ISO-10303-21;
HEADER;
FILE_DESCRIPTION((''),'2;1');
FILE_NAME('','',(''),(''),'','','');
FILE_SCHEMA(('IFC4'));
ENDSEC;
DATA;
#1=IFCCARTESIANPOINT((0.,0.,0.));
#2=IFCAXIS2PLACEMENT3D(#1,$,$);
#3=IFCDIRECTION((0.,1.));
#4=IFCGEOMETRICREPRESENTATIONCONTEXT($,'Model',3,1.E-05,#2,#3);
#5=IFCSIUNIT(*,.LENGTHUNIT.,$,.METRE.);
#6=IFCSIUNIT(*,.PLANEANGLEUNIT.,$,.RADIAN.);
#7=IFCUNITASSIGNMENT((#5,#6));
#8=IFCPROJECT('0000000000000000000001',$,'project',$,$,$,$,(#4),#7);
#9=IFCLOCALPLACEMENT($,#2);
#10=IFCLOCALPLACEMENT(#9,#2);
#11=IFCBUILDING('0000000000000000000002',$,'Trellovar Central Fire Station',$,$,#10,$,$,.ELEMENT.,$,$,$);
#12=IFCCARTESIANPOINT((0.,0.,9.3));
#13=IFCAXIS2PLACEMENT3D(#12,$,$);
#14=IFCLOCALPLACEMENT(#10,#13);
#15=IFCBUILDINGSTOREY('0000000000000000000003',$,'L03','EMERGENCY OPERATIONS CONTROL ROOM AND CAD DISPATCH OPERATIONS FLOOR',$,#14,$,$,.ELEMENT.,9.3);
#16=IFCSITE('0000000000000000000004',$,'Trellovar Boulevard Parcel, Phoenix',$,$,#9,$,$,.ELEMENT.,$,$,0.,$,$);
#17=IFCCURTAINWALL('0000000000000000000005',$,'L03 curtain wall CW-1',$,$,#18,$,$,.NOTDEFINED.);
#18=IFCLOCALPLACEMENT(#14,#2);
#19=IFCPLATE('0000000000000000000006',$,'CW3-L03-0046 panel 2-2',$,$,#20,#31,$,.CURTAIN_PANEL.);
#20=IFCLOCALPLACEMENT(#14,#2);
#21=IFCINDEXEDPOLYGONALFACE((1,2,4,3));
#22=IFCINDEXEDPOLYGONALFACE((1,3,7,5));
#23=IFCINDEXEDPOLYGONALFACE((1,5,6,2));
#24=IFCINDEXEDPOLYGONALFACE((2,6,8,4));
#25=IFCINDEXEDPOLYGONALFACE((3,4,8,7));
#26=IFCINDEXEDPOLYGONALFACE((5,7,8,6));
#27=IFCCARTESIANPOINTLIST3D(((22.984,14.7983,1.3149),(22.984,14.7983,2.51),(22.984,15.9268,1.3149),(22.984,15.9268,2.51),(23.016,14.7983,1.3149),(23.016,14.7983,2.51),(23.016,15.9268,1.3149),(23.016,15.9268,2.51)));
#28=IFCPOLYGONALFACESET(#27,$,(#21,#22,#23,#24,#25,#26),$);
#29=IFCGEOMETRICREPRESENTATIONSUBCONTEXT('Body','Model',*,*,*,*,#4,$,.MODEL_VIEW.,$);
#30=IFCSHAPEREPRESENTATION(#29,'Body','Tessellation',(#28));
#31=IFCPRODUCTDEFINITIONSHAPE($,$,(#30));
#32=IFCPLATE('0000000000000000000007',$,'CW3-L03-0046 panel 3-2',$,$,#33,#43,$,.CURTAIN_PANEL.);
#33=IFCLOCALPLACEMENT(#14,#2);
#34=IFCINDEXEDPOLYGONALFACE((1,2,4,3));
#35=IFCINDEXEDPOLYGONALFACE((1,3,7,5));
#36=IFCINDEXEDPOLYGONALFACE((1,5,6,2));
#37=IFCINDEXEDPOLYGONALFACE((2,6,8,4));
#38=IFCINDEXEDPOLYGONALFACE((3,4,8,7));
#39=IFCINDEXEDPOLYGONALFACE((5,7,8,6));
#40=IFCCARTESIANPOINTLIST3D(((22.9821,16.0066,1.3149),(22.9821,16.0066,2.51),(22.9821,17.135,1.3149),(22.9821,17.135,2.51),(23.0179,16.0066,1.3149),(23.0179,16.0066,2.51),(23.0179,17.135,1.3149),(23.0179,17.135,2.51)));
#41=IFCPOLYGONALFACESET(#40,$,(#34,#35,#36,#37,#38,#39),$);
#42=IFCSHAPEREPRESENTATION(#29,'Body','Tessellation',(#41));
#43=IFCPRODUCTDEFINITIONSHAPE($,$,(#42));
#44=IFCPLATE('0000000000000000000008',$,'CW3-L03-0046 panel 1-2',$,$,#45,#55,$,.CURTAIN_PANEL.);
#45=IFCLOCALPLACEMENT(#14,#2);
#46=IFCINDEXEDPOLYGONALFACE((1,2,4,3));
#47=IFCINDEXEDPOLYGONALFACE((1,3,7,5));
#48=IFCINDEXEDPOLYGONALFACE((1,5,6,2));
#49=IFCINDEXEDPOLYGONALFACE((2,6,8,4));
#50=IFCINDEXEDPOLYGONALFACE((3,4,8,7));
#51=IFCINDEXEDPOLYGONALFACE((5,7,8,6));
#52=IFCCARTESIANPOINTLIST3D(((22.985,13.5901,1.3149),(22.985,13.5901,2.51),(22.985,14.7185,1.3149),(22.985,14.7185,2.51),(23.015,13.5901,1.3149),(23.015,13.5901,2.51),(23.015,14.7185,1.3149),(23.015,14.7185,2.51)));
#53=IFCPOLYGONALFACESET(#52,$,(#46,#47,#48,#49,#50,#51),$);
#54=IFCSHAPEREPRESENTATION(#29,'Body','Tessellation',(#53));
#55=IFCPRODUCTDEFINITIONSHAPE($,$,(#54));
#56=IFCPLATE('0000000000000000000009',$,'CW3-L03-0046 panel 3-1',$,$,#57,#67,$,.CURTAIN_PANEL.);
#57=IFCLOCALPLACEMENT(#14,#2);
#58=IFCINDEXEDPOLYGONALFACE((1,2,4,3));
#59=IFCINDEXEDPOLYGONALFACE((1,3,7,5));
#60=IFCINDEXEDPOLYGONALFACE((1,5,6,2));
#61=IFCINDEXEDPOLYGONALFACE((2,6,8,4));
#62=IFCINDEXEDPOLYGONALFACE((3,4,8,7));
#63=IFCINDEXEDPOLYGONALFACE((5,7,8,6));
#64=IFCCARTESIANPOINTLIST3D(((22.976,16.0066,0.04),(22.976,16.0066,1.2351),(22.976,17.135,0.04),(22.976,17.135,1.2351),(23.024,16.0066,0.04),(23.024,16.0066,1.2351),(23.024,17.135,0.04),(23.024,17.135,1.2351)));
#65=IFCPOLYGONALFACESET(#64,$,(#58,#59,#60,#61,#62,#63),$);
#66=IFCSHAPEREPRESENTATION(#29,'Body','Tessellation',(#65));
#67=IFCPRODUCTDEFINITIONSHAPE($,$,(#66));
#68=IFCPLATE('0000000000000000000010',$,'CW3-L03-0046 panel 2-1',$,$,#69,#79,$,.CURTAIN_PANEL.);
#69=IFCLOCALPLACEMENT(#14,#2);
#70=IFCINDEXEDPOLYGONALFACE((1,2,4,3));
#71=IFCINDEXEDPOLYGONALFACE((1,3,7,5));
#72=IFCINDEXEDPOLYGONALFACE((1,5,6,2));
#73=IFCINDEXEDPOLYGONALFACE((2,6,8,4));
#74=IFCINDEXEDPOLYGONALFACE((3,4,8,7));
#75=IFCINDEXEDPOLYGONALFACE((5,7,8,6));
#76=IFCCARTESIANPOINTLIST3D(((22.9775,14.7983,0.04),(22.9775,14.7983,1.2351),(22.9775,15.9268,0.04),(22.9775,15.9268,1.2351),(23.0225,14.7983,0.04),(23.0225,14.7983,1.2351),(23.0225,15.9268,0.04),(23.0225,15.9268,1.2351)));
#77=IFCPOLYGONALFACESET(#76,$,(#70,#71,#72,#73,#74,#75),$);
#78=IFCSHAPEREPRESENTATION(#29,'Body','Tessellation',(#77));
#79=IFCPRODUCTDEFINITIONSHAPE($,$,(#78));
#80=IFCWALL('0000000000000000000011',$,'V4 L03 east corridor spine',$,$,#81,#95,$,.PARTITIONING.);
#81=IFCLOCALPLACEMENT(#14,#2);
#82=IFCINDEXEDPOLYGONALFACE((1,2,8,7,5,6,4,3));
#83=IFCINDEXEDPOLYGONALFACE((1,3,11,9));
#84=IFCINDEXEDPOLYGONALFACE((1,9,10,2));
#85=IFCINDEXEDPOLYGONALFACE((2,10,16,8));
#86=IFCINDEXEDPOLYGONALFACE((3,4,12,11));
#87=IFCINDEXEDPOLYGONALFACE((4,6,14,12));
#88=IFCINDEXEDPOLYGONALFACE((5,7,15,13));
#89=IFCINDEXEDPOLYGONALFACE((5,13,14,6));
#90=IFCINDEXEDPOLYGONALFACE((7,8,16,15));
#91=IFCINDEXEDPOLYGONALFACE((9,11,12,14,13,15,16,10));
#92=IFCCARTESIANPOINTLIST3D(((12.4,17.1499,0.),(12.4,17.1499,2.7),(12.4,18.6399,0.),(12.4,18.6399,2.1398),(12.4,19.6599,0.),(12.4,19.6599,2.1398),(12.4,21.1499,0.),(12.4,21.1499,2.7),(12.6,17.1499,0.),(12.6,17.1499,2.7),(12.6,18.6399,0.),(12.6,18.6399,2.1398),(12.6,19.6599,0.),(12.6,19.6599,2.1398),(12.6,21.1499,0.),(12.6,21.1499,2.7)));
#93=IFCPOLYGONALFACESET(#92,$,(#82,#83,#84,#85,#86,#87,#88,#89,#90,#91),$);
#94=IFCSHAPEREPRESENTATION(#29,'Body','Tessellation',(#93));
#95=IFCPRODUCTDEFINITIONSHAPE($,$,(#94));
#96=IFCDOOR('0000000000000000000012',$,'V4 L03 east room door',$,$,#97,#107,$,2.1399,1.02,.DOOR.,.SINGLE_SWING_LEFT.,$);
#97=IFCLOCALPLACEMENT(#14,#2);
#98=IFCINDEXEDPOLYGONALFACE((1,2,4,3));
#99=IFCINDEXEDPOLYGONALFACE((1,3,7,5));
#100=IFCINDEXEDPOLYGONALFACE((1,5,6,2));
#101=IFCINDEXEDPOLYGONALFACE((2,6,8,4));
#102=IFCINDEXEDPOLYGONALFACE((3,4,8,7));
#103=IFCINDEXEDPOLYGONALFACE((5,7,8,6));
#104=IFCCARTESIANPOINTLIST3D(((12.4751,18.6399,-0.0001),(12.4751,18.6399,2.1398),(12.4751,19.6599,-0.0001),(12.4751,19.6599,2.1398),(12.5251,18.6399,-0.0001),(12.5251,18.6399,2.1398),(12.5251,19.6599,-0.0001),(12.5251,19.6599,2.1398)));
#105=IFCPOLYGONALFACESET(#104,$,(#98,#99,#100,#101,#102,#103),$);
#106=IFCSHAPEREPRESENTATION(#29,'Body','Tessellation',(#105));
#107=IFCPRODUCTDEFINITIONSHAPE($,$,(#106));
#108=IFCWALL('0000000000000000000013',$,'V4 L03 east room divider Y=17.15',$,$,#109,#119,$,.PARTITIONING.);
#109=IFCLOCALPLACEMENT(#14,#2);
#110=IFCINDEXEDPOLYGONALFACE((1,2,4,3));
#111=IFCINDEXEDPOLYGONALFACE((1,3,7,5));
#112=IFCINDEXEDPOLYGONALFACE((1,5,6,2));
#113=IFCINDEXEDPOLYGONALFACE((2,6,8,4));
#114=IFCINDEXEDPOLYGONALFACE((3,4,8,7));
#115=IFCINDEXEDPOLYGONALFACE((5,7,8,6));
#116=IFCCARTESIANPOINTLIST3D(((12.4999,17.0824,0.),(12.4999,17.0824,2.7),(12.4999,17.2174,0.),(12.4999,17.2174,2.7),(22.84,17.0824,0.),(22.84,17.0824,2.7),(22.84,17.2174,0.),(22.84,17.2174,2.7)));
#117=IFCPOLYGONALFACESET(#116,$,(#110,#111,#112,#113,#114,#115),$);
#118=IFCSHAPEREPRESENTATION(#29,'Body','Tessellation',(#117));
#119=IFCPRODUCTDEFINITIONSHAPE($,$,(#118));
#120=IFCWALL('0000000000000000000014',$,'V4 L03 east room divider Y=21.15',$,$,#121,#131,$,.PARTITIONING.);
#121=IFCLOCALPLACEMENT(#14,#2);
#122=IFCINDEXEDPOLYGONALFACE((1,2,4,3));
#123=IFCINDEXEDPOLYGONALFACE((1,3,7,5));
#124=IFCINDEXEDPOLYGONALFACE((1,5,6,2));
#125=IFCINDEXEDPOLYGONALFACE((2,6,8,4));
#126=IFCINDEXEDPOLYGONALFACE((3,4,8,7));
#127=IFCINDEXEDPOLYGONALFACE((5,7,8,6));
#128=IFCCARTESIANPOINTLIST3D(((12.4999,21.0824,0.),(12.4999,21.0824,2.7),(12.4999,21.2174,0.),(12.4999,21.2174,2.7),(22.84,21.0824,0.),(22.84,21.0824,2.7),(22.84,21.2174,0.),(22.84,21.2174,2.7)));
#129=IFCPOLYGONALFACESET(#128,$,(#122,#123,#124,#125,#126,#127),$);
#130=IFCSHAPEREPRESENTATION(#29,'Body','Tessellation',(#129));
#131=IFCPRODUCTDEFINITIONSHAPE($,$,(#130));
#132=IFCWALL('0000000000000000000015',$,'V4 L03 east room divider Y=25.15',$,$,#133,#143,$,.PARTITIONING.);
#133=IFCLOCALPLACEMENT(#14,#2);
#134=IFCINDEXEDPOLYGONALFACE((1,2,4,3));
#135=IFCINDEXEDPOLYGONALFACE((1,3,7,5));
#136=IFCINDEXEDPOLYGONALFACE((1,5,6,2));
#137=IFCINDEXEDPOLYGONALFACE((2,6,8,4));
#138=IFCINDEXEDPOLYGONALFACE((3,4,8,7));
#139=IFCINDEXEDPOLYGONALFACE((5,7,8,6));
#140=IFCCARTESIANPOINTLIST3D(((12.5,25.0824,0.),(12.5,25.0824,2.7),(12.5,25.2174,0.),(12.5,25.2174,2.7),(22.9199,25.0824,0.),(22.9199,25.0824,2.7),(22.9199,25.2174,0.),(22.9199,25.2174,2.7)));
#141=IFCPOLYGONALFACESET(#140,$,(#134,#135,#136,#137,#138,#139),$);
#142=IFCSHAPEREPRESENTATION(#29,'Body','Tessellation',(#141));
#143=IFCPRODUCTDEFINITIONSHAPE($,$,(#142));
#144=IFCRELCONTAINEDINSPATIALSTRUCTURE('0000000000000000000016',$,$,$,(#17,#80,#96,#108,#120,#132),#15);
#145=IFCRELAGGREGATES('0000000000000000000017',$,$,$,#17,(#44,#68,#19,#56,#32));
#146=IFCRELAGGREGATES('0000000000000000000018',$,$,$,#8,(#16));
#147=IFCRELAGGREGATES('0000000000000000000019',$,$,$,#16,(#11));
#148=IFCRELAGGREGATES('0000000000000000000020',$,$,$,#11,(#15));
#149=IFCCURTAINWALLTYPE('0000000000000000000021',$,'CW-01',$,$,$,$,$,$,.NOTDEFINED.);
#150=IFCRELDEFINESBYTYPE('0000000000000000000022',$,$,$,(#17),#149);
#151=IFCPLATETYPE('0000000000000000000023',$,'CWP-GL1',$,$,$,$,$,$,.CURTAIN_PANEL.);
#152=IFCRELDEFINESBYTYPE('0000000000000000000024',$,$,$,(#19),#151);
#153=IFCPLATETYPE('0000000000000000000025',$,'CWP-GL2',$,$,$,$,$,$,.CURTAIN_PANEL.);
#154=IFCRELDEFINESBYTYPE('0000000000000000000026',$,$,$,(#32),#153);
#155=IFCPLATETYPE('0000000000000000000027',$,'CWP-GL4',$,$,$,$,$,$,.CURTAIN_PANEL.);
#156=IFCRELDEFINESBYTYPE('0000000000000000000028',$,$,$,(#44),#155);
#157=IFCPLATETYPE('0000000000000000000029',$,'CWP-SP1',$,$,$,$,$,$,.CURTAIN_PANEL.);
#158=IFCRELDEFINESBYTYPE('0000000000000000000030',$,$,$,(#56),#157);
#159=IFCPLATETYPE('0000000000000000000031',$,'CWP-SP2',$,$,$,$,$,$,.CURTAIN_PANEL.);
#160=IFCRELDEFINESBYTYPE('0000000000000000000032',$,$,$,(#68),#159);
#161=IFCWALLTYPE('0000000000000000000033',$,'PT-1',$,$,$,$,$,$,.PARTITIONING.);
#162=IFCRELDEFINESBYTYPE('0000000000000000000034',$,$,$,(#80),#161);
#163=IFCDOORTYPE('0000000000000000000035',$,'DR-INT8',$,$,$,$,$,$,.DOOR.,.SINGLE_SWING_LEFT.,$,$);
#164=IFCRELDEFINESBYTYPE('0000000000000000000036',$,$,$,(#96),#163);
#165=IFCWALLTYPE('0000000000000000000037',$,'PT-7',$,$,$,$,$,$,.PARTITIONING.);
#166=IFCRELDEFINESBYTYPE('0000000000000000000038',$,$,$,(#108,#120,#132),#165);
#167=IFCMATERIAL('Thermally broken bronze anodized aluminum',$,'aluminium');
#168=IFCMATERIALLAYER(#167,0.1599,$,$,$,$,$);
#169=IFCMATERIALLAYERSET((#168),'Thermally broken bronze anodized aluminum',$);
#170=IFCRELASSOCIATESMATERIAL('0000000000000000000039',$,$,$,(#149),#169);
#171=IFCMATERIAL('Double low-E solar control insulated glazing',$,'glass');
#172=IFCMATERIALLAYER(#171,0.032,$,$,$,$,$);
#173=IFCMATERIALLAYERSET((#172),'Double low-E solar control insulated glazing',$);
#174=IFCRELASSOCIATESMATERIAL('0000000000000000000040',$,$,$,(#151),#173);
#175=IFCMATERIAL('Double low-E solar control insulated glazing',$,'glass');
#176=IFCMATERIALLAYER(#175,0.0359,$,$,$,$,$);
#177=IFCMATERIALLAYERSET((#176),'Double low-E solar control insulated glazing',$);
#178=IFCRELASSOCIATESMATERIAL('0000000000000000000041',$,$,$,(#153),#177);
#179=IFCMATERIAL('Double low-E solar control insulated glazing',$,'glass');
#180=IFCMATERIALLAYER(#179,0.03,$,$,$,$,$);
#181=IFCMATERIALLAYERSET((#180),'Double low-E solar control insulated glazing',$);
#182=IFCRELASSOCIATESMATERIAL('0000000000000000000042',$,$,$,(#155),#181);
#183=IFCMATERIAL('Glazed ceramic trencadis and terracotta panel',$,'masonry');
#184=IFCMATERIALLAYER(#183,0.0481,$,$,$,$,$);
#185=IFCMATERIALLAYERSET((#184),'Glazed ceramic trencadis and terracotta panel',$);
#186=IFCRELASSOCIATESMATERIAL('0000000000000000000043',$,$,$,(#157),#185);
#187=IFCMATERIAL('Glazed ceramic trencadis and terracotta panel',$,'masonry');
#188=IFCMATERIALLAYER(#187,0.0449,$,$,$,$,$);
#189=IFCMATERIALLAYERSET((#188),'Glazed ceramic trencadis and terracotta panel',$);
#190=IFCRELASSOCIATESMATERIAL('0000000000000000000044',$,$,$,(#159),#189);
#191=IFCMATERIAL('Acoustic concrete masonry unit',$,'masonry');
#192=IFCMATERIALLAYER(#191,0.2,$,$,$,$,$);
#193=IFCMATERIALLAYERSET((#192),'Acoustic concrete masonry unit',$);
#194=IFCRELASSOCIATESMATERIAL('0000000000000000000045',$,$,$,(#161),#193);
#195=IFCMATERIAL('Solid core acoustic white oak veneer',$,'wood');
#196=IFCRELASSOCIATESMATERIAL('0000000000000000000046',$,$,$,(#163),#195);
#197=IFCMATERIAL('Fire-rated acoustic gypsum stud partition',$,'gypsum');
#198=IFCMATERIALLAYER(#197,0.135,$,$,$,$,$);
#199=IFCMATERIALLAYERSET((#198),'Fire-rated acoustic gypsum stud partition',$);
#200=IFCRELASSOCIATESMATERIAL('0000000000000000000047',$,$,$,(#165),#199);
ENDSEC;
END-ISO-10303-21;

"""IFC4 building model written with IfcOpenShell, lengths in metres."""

from ifc_helpers import new_model, si_unit, direction, frame, frame_2d, origin, origin_2d, place, context, subcontext, project, spatial, rectangle, extrude, material, layer, layer_set, type_object, element, fill, aggregate, save


model = new_model("IFC4")

# Units and contexts
model_context = context("Model", 3, precision=1e-05, world=origin(), true_north=direction((0.0, 1.0)))
body_context = subcontext(model_context, "Body", "Model", "MODEL_VIEW")
ifc_project = project(units=[si_unit("LENGTHUNIT", "METRE"), si_unit("PLANEANGLEUNIT", "RADIAN")], contexts=[model_context])

# Site, building, storey
site_placement = place(None, origin())
site = spatial("IfcSite", under=ifc_project, at=site_placement, Name="Trellovar Boulevard Parcel, Phoenix", CompositionType="ELEMENT", RefElevation=0.0)
building_placement = place(site_placement, origin())
building = spatial("IfcBuilding", under=site, at=building_placement, Name="Trellovar Central Fire Station", CompositionType="ELEMENT")
storey_placement = place(building_placement, frame((0.0, 0.0, 9.3)))
storey = spatial("IfcBuildingStorey", under=building, at=storey_placement, Name="L03", Description="EMERGENCY OPERATIONS CONTROL ROOM AND CAD DISPATCH OPERATIONS FLOOR", CompositionType="ELEMENT", Elevation=9.3)

# Curtain wall
ifc_material_1 = material(Name="Thermally broken bronze anodized aluminum", Category="aluminium")
ifc_layer_1 = layer(ifc_material_1, 0.1599)
ifc_layer_set_1 = layer_set([ifc_layer_1], Name="Thermally broken bronze anodized aluminum")
curtain_wall_type_1 = type_object("IfcCurtainWallType", Name="CW-01", PredefinedType="NOTDEFINED", material=ifc_layer_set_1)
curtain_wall_1_placement = place(storey_placement, origin())
curtain_wall_1 = element("IfcCurtainWall", 1, at=curtain_wall_1_placement, inside=storey, type_object=curtain_wall_type_1, Name="L03 curtain wall CW-1", PredefinedType="NOTDEFINED")

# Plates
ifc_material_2 = material(Name="Double low-E solar control insulated glazing", Category="glass")
ifc_layer_2 = layer(ifc_material_2, 0.032)
ifc_layer_set_2 = layer_set([ifc_layer_2], Name="Double low-E solar control insulated glazing")
plate_type_1 = type_object("IfcPlateType", Name="CWP-GL1", PredefinedType="CURTAIN_PANEL", material=ifc_layer_set_2)
plate_1_placement = place(storey_placement, frame((23.0, 15.3625, 1.3149), z_axis=(0.0, 0.0, 1.0), x_axis=(0.0, 1.0, 0.0)))
plate_1 = element("IfcPlate", 2, at=plate_1_placement, type_object=plate_type_1, Name="CW3-L03-0046 panel 2-2", PredefinedType="CURTAIN_PANEL", context=body_context, shape_type="SweptSolid", body=[
    extrude(rectangle(XDim=1.1284, YDim=0.032, at=origin_2d()), origin(), (0.0, 0.0, 1.0), 1.1951),
])
ifc_material_3 = material(Name="Double low-E solar control insulated glazing", Category="glass")
ifc_layer_3 = layer(ifc_material_3, 0.0359)
ifc_layer_set_3 = layer_set([ifc_layer_3], Name="Double low-E solar control insulated glazing")
plate_type_2 = type_object("IfcPlateType", Name="CWP-GL2", PredefinedType="CURTAIN_PANEL", material=ifc_layer_set_3)
plate_2_placement = place(storey_placement, frame((23.0, 16.5708, 1.3149), z_axis=(0.0, 0.0, 1.0), x_axis=(0.0, 1.0, 0.0)))
plate_2 = element("IfcPlate", 3, at=plate_2_placement, type_object=plate_type_2, Name="CW3-L03-0046 panel 3-2", PredefinedType="CURTAIN_PANEL", context=body_context, shape_type="SweptSolid", body=[
    extrude(rectangle(XDim=1.1284, YDim=0.0359, at=origin_2d()), origin(), (0.0, 0.0, 1.0), 1.1951),
])
ifc_material_4 = material(Name="Double low-E solar control insulated glazing", Category="glass")
ifc_layer_4 = layer(ifc_material_4, 0.03)
ifc_layer_set_4 = layer_set([ifc_layer_4], Name="Double low-E solar control insulated glazing")
plate_type_3 = type_object("IfcPlateType", Name="CWP-GL4", PredefinedType="CURTAIN_PANEL", material=ifc_layer_set_4)
plate_3_placement = place(storey_placement, frame((23.0, 14.1543, 1.3149), z_axis=(0.0, 0.0, 1.0), x_axis=(0.0, 1.0, 0.0)))
plate_3 = element("IfcPlate", 4, at=plate_3_placement, type_object=plate_type_3, Name="CW3-L03-0046 panel 1-2", PredefinedType="CURTAIN_PANEL", context=body_context, shape_type="SweptSolid", body=[
    extrude(rectangle(XDim=1.1284, YDim=0.03, at=origin_2d()), origin(), (0.0, 0.0, 1.0), 1.1951),
])
ifc_material_5 = material(Name="Glazed ceramic trencadis and terracotta panel", Category="masonry")
ifc_layer_5 = layer(ifc_material_5, 0.0481)
ifc_layer_set_5 = layer_set([ifc_layer_5], Name="Glazed ceramic trencadis and terracotta panel")
plate_type_4 = type_object("IfcPlateType", Name="CWP-SP1", PredefinedType="CURTAIN_PANEL", material=ifc_layer_set_5)
plate_4_placement = place(storey_placement, frame((23.0, 16.5708, 0.04), z_axis=(0.0, 0.0, 1.0), x_axis=(0.0, 1.0, 0.0)))
plate_4 = element("IfcPlate", 5, at=plate_4_placement, type_object=plate_type_4, Name="CW3-L03-0046 panel 3-1", PredefinedType="CURTAIN_PANEL", context=body_context, shape_type="SweptSolid", body=[
    extrude(rectangle(XDim=1.1284, YDim=0.0481, at=origin_2d()), origin(), (0.0, 0.0, 1.0), 1.1951),
])
ifc_material_6 = material(Name="Glazed ceramic trencadis and terracotta panel", Category="masonry")
ifc_layer_6 = layer(ifc_material_6, 0.0449)
ifc_layer_set_6 = layer_set([ifc_layer_6], Name="Glazed ceramic trencadis and terracotta panel")
plate_type_5 = type_object("IfcPlateType", Name="CWP-SP2", PredefinedType="CURTAIN_PANEL", material=ifc_layer_set_6)
plate_5_placement = place(storey_placement, frame((23.0, 15.3625, 0.04), z_axis=(0.0, 0.0, 1.0), x_axis=(0.0, 1.0, 0.0)))
plate_5 = element("IfcPlate", 6, at=plate_5_placement, type_object=plate_type_5, Name="CW3-L03-0046 panel 2-1", PredefinedType="CURTAIN_PANEL", context=body_context, shape_type="SweptSolid", body=[
    extrude(rectangle(XDim=1.1284, YDim=0.0449, at=origin_2d()), origin(), (0.0, 0.0, 1.0), 1.1951),
])
aggregate(curtain_wall_1, [plate_3, plate_5, plate_1, plate_4, plate_2])

# Wall, opening, door
ifc_material_7 = material(Name="Acoustic concrete masonry unit", Category="masonry")
ifc_layer_7 = layer(ifc_material_7, 0.2)
ifc_layer_set_7 = layer_set([ifc_layer_7], Name="Acoustic concrete masonry unit")
wall_type_1 = type_object("IfcWallType", Name="PT-1", PredefinedType="PARTITIONING", material=ifc_layer_set_7)
wall_1_placement = place(storey_placement, frame((12.5, 17.1499, 0.0), z_axis=(0.0, 0.0, 1.0), x_axis=(0.0, 1.0, 0.0)))
wall_1 = element("IfcWall", 7, at=wall_1_placement, inside=storey, type_object=wall_type_1, Name="V4 L03 east corridor spine", PredefinedType="PARTITIONING", context=body_context, shape_type="SweptSolid", body=[
    extrude(rectangle(XDim=4.0, YDim=0.2, at=frame_2d((2.0, 0.0))), origin(), (0.0, 0.0, 1.0), 2.7),
])
opening_1_placement = place(wall_1_placement, frame((1.49, 0.0, 0.0)))
opening_1 = element("IfcOpeningElement", 8, at=opening_1_placement, cuts=wall_1, PredefinedType="OPENING", context=body_context, shape_type="SweptSolid", body=[
    extrude(rectangle(XDim=1.02, YDim=2.1399, at=frame_2d((0.51, 1.0698))), frame((0.0, 0.1099, 0.0), z_axis=(0.0, -1.0, 0.0), x_axis=(1.0, 0.0, 0.0)), (0.0, 0.0, 1.0), 0.22),
])
ifc_material_8 = material(Name="Solid core acoustic white oak veneer", Category="wood")
door_type_1 = type_object("IfcDoorType", Name="DR-INT8", OperationType="SINGLE_SWING_LEFT", PredefinedType="DOOR", material=ifc_material_8)
door_1_placement = place(opening_1_placement, origin())
door_1 = element("IfcDoor", 9, at=door_1_placement, inside=storey, type_object=door_type_1, Name="V4 L03 east room door", OperationType="SINGLE_SWING_LEFT", OverallHeight=2.1399, OverallWidth=1.02, PredefinedType="DOOR", context=body_context, shape_type="SweptSolid", body=[
    extrude(rectangle(XDim=1.02, YDim=2.1399, at=frame_2d((0.51, 1.0698))), frame((0.0, 0.0249, 0.0), z_axis=(0.0, -1.0, 0.0), x_axis=(1.0, 0.0, 0.0)), (0.0, 0.0, 1.0), 0.05),
])
fill(opening_1, door_1)

# Walls
ifc_material_9 = material(Name="Fire-rated acoustic gypsum stud partition", Category="gypsum")
ifc_layer_8 = layer(ifc_material_9, 0.135)
ifc_layer_set_8 = layer_set([ifc_layer_8], Name="Fire-rated acoustic gypsum stud partition")
wall_type_2 = type_object("IfcWallType", Name="PT-7", PredefinedType="PARTITIONING", material=ifc_layer_set_8)
for number, where, z_axis, x_axis, name in (
    (10, (12.5, 17.1499, 0.0), (0.0, 0.0, 1.0), (1.0, 0.0, 0.0), "V4 L03 east room divider Y=17.15"),
    (11, (12.5, 21.1499, 0.0), (0.0, 0.0, 1.0), (1.0, 0.0, 0.0), "V4 L03 east room divider Y=21.15"),
):
    element("IfcWall", number, at=place(storey_placement, frame(where, z_axis=z_axis, x_axis=x_axis)), inside=storey, type_object=wall_type_2, Name=name, PredefinedType="PARTITIONING", context=body_context, shape_type="SweptSolid", body=[
        extrude(rectangle(XDim=10.3401, YDim=0.135, at=frame_2d((5.1699, 0.0))), origin(), (0.0, 0.0, 1.0), 2.7),
    ])
wall_2_placement = place(storey_placement, frame((12.5, 25.1499, 0.0), z_axis=(0.0, 0.0, 1.0), x_axis=(1.0, 0.0, 0.0)))
element("IfcWall", 12, at=wall_2_placement, inside=storey, type_object=wall_type_2, Name="V4 L03 east room divider Y=25.15", PredefinedType="PARTITIONING", context=body_context, shape_type="SweptSolid", body=[
    extrude(rectangle(XDim=10.4199, YDim=0.135, at=frame_2d((5.21, 0.0))), origin(), (0.0, 0.0, 1.0), 2.7),
])

save(model, "model.ifc")
